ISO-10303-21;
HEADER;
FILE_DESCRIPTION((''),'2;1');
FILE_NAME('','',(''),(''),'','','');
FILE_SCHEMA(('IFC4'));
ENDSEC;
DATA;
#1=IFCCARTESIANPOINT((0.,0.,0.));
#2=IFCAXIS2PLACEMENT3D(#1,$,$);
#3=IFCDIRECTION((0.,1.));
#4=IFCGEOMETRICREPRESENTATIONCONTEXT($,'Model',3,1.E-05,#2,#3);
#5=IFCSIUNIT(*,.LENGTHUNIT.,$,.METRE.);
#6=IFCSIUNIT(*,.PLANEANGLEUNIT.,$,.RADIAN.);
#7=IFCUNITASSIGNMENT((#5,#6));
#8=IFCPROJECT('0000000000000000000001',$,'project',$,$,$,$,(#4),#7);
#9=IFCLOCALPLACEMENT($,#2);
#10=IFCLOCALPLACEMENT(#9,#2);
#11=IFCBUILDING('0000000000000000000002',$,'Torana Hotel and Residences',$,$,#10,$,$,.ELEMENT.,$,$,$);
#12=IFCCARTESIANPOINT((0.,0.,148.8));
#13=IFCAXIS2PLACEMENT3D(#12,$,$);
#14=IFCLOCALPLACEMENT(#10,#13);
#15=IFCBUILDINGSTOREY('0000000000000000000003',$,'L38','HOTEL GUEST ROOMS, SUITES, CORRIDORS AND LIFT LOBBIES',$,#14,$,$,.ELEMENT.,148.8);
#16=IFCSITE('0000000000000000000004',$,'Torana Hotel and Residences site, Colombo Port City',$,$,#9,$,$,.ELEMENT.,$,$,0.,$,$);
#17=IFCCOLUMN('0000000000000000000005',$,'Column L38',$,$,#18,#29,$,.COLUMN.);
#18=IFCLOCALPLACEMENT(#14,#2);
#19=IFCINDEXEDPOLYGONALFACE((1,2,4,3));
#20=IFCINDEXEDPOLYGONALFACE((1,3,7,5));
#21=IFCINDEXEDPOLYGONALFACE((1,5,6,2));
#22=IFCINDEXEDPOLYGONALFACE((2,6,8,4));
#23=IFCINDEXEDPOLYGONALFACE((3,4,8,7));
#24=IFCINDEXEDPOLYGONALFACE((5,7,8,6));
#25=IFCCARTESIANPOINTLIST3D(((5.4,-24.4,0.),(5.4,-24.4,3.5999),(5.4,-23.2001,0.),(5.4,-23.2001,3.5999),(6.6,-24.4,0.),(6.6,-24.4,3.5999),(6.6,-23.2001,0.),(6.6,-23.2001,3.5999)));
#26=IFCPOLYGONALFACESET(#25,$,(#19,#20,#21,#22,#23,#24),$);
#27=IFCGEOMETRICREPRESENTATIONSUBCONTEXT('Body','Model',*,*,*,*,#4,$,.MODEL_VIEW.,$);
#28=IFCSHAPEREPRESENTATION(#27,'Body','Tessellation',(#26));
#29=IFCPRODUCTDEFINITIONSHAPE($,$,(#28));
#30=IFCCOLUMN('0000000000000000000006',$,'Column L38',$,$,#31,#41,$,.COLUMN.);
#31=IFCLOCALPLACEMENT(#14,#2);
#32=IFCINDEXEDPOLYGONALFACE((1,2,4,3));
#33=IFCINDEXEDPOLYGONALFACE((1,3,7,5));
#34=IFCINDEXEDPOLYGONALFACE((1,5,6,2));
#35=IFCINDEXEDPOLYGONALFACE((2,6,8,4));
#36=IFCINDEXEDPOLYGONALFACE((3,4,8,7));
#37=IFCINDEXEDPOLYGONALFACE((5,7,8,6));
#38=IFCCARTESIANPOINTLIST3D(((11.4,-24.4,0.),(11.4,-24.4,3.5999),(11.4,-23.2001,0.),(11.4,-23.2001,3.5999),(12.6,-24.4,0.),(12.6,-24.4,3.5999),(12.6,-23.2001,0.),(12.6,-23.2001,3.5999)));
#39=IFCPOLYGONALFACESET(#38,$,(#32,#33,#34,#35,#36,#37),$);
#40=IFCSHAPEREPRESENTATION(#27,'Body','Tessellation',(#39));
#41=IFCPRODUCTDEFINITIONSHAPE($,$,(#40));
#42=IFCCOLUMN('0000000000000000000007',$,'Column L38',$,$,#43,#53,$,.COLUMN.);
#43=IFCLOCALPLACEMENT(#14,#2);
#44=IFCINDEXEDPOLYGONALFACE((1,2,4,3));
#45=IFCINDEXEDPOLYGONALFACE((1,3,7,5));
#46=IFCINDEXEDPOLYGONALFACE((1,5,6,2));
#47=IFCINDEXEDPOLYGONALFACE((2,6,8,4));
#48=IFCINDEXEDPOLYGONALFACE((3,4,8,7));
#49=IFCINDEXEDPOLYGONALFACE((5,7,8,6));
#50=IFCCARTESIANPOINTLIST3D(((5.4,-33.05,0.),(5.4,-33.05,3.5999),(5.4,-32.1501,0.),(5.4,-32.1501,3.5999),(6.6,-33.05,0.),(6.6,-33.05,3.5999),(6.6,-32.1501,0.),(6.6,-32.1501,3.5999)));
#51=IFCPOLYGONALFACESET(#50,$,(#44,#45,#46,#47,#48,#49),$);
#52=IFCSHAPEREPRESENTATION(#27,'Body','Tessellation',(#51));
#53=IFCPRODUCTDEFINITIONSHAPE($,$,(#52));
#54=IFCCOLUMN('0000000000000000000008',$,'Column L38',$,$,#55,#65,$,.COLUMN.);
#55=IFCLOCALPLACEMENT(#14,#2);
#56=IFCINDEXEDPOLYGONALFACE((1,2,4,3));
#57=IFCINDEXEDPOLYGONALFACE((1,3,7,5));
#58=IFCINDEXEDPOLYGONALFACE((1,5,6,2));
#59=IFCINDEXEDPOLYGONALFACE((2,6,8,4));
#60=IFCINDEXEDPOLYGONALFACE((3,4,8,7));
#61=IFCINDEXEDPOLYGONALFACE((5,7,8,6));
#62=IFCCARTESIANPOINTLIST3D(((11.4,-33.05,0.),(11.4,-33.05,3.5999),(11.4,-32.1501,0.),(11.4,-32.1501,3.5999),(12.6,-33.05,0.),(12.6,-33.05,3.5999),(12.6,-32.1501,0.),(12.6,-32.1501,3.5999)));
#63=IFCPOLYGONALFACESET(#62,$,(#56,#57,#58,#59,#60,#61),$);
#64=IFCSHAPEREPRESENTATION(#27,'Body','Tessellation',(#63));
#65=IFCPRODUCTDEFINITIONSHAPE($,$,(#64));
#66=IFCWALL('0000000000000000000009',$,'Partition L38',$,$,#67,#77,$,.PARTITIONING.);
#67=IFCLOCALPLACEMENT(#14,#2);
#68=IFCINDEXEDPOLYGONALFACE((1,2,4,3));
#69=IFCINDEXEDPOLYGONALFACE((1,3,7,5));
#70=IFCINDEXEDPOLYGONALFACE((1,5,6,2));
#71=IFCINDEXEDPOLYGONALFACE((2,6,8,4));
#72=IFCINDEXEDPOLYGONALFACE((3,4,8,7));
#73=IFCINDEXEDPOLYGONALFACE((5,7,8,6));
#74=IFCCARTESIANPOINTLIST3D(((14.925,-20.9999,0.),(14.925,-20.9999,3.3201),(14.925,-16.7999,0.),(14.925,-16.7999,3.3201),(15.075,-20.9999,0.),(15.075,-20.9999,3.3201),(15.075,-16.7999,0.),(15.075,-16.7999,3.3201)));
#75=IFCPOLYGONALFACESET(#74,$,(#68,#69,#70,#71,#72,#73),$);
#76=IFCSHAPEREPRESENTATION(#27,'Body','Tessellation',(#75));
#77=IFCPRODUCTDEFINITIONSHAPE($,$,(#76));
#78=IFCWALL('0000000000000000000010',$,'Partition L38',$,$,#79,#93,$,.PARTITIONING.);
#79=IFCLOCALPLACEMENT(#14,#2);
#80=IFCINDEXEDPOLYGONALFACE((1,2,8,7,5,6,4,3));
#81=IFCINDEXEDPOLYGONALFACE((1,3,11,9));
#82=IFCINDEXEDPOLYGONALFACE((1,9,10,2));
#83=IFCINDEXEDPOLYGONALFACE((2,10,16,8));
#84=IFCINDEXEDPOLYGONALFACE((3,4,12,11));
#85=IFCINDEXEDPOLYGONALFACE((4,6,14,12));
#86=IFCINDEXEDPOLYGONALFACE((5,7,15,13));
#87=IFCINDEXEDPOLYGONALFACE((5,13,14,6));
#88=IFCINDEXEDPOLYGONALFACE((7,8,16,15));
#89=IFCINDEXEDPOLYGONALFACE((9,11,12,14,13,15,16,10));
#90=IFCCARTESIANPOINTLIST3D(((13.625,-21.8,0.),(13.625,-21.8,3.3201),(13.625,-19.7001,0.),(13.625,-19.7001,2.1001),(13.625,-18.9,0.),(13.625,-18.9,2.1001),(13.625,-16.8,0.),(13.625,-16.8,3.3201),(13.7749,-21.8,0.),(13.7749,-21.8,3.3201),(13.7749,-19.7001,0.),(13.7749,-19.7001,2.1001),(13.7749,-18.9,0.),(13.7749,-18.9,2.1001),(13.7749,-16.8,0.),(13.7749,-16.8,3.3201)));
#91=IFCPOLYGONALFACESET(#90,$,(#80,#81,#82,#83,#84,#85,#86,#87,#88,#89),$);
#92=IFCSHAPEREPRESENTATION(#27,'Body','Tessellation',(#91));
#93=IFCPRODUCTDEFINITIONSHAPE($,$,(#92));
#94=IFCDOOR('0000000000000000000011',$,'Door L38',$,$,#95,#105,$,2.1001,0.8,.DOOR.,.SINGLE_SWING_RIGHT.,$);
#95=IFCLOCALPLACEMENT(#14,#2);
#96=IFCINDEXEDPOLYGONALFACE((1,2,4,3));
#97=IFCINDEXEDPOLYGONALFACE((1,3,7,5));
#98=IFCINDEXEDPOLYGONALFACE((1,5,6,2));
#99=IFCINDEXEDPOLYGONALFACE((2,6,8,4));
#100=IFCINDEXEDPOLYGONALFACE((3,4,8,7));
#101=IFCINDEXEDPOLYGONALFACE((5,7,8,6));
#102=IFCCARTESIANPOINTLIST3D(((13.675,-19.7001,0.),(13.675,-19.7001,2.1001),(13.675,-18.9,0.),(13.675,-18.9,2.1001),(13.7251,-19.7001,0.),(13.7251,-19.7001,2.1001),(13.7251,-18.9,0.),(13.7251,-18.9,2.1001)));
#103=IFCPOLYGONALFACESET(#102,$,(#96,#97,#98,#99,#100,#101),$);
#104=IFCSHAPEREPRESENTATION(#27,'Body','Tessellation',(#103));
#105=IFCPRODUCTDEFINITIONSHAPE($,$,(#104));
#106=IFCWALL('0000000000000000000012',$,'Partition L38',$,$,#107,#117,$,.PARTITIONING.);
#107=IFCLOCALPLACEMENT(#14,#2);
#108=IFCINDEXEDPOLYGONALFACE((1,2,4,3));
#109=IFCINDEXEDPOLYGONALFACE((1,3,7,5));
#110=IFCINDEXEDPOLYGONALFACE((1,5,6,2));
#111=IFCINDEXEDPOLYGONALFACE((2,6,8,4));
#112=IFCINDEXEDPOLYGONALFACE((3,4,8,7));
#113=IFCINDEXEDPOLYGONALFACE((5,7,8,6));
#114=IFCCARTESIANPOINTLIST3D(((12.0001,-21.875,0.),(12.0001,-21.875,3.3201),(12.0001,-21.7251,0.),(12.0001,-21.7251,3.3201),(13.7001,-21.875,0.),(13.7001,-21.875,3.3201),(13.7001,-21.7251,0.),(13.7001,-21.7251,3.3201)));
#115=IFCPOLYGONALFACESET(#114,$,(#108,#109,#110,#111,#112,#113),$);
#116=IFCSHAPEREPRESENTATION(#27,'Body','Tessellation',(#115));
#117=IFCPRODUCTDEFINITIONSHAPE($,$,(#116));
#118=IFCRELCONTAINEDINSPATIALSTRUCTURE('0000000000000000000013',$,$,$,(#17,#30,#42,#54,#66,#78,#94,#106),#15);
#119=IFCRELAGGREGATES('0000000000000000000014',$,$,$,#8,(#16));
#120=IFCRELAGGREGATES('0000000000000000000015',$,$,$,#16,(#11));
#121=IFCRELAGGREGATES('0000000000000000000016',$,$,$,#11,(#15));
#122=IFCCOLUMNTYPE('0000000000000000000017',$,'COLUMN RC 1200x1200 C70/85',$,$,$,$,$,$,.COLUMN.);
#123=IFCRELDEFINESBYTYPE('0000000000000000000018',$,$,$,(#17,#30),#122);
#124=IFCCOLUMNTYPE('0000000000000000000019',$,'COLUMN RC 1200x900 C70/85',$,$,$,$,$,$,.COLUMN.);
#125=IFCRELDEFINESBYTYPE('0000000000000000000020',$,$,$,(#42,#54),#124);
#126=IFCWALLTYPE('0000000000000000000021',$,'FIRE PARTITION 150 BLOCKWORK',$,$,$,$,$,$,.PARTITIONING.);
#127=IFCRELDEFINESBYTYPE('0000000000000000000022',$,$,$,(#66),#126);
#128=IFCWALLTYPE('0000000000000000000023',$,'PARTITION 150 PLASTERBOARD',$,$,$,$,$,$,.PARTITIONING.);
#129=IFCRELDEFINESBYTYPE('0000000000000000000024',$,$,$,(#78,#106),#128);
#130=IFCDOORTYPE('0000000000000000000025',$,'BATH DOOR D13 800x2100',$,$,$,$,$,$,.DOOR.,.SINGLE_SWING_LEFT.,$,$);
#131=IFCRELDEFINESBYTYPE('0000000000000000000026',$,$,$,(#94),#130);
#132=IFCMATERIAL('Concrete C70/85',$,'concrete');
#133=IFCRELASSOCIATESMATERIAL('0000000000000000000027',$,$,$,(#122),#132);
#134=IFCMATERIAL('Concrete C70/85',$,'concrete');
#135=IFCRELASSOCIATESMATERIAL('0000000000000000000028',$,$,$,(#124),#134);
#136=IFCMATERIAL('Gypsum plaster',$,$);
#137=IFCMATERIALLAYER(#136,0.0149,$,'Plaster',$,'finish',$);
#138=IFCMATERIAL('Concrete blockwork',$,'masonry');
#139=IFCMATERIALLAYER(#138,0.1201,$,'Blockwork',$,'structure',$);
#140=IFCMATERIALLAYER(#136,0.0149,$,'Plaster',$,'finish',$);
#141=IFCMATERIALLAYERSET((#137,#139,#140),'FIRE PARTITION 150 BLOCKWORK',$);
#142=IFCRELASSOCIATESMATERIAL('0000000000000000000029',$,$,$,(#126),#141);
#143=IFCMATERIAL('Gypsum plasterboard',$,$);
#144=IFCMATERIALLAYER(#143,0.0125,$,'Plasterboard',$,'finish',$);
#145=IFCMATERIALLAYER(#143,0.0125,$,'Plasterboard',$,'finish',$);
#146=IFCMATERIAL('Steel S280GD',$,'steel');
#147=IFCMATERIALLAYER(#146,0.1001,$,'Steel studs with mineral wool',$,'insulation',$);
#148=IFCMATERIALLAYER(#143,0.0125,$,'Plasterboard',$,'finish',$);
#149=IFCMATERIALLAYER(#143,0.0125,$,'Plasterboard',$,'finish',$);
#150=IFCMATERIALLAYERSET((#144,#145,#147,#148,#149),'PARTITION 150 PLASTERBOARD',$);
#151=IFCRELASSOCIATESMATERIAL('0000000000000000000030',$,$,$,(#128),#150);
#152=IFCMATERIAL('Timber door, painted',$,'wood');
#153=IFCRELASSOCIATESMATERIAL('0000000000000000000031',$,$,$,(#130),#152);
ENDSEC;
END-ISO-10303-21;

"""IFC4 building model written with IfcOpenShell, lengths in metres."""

from ifc_helpers import new_model, si_unit, direction, frame, frame_2d, origin, origin_2d, place, context, subcontext, project, spatial, rectangle, extrude, material, layer, layer_set, material_profile, profile_set, type_object, element, fill, save


model = new_model("IFC4")

# Units and contexts
model_context = context("Model", 3, precision=1e-05, world=origin(), true_north=direction((0.0, 1.0)))
body_context = subcontext(model_context, "Body", "Model", "MODEL_VIEW")
ifc_project = project(units=[si_unit("LENGTHUNIT", "METRE"), si_unit("PLANEANGLEUNIT", "RADIAN")], contexts=[model_context])

# Site, building, storey
site_placement = place(None, origin())
site = spatial("IfcSite", under=ifc_project, at=site_placement, Name="Torana Hotel and Residences site, Colombo Port City", CompositionType="ELEMENT", RefElevation=0.0)
building_placement = place(site_placement, origin())
building = spatial("IfcBuilding", under=site, at=building_placement, Name="Torana Hotel and Residences", CompositionType="ELEMENT")
storey_placement = place(building_placement, frame((0.0, 0.0, 148.8)))
storey = spatial("IfcBuildingStorey", under=building, at=storey_placement, Name="L38", Description="HOTEL GUEST ROOMS, SUITES, CORRIDORS AND LIFT LOBBIES", CompositionType="ELEMENT", Elevation=148.8)

# Columns
ifc_material_1 = material(Name="Concrete C70/85", Category="concrete")
ifc_material_profile_1 = material_profile(ifc_material_1, rectangle(XDim=1.2, YDim=1.2, at=origin_2d()), Name="RC 1200x1200")
ifc_profile_set_1 = profile_set([ifc_material_profile_1], Name="Concrete C70/85")
column_type_1 = type_object("IfcColumnType", Name="COLUMN RC 1200x1200 C70/85", PredefinedType="COLUMN", material=ifc_profile_set_1)
for number, where, z_axis, x_axis, name in (
    (1, (6.0, -23.8, 0.0), (0.0, 0.0, 1.0), (1.0, 0.0, 0.0), "Column L38"),
    (2, (12.0, -23.8, 0.0), (0.0, 0.0, 1.0), (1.0, 0.0, 0.0), "Column L38"),
):
    element("IfcColumn", number, at=place(storey_placement, frame(where, z_axis=z_axis, x_axis=x_axis)), inside=storey, type_object=column_type_1, Name=name, PredefinedType="COLUMN", context=body_context, shape_type="SweptSolid", body=[
        extrude(rectangle(XDim=1.2, YDim=1.2, at=origin_2d()), origin(), (0.0, 0.0, 1.0), 3.5999),
    ])
ifc_material_2 = material(Name="Concrete C70/85", Category="concrete")
ifc_material_profile_2 = material_profile(ifc_material_2, rectangle(XDim=1.2, YDim=0.8999, at=origin_2d()), Name="RC 1200x900")
ifc_profile_set_2 = profile_set([ifc_material_profile_2], Name="Concrete C70/85")
column_type_2 = type_object("IfcColumnType", Name="COLUMN RC 1200x900 C70/85", PredefinedType="COLUMN", material=ifc_profile_set_2)
for number, where, z_axis, x_axis, name in (
    (3, (6.0, -32.6001, 0.0), (0.0, 0.0, 1.0), (1.0, 0.0, 0.0), "Column L38"),
    (4, (12.0, -32.6001, 0.0), (0.0, 0.0, 1.0), (1.0, 0.0, 0.0), "Column L38"),
):
    element("IfcColumn", number, at=place(storey_placement, frame(where, z_axis=z_axis, x_axis=x_axis)), inside=storey, type_object=column_type_2, Name=name, PredefinedType="COLUMN", context=body_context, shape_type="SweptSolid", body=[
        extrude(rectangle(XDim=1.2, YDim=0.8999, at=origin_2d()), origin(), (0.0, 0.0, 1.0), 3.5999),
    ])

# Wall
ifc_material_3 = material(Name="Gypsum plaster")
ifc_layer_1 = layer(ifc_material_3, 0.0149, Name="Plaster", Category="finish")
ifc_material_4 = material(Name="Concrete blockwork", Category="masonry")
ifc_layer_2 = layer(ifc_material_4, 0.1201, Name="Blockwork", Category="structure")
ifc_layer_3 = layer(ifc_material_3, 0.0149, Name="Plaster", Category="finish")
ifc_layer_set_1 = layer_set([ifc_layer_1, ifc_layer_2, ifc_layer_3], Name="FIRE PARTITION 150 BLOCKWORK")
wall_type_1 = type_object("IfcWallType", Name="FIRE PARTITION 150 BLOCKWORK", PredefinedType="PARTITIONING", material=ifc_layer_set_1)
wall_1_placement = place(storey_placement, frame((15.0, -21.0, 0.0), z_axis=(0.0, 0.0, 1.0), x_axis=(0.0, 1.0, 0.0)))
element("IfcWall", 5, at=wall_1_placement, inside=storey, type_object=wall_type_1, Name="Partition L38", PredefinedType="PARTITIONING", context=body_context, shape_type="SweptSolid", body=[
    extrude(rectangle(XDim=4.2, YDim=0.1499, at=frame_2d((2.1001, 0.0))), origin(), (0.0, 0.0, 1.0), 3.3201),
])

# Wall, opening, door
ifc_material_5 = material(Name="Gypsum plasterboard")
ifc_layer_4 = layer(ifc_material_5, 0.0125, Name="Plasterboard", Category="finish")
ifc_layer_5 = layer(ifc_material_5, 0.0125, Name="Plasterboard", Category="finish")
ifc_material_6 = material(Name="Steel S280GD", Category="steel")
ifc_layer_6 = layer(ifc_material_6, 0.1001, Name="Steel studs with mineral wool", Category="insulation")
ifc_layer_7 = layer(ifc_material_5, 0.0125, Name="Plasterboard", Category="finish")
ifc_layer_8 = layer(ifc_material_5, 0.0125, Name="Plasterboard", Category="finish")
ifc_layer_set_2 = layer_set([ifc_layer_4, ifc_layer_5, ifc_layer_6, ifc_layer_7, ifc_layer_8], Name="PARTITION 150 PLASTERBOARD")
wall_type_2 = type_object("IfcWallType", Name="PARTITION 150 PLASTERBOARD", PredefinedType="PARTITIONING", material=ifc_layer_set_2)
wall_2_placement = place(storey_placement, frame((13.7, -21.8, 0.0), z_axis=(0.0, 0.0, 1.0), x_axis=(0.0, 1.0, 0.0)))
wall_2 = element("IfcWall", 6, at=wall_2_placement, inside=storey, type_object=wall_type_2, Name="Partition L38", PredefinedType="PARTITIONING", context=body_context, shape_type="SweptSolid", body=[
    extrude(rectangle(XDim=5.0, YDim=0.1499, at=frame_2d((2.5, 0.0))), origin(), (0.0, 0.0, 1.0), 3.3201),
])
opening_placement = place(wall_2_placement, frame((2.1001, 0.0, 0.0)))
opening = element("IfcOpeningElement", 7, at=opening_placement, cuts=wall_2, PredefinedType="OPENING", context=body_context, shape_type="SweptSolid", body=[
    extrude(rectangle(XDim=0.8, YDim=2.1001, at=frame_2d((0.3999, 1.05))), frame((0.0, 0.085, 0.0), z_axis=(0.0, -1.0, 0.0), x_axis=(1.0, 0.0, 0.0)), (0.0, 0.0, 1.0), 0.1699),
])
ifc_material_7 = material(Name="Timber door, painted", Category="wood")
door_type = type_object("IfcDoorType", Name="BATH DOOR D13 800x2100", OperationType="SINGLE_SWING_LEFT", PredefinedType="DOOR", material=ifc_material_7)
door_placement = place(opening_placement, origin())
door = element("IfcDoor", 8, at=door_placement, inside=storey, type_object=door_type, Name="Door L38", OperationType="SINGLE_SWING_RIGHT", OverallHeight=2.1001, OverallWidth=0.8, PredefinedType="DOOR", context=body_context, shape_type="SweptSolid", body=[
    extrude(rectangle(XDim=0.8, YDim=2.1001, at=frame_2d((0.3999, 1.05))), frame((0.0, 0.0249, 0.0), z_axis=(0.0, -1.0, 0.0), x_axis=(1.0, 0.0, 0.0)), (0.0, 0.0, 1.0), 0.05),
])
fill(opening, door)

# Wall
wall_3_placement = place(storey_placement, frame((12.0, -21.8, 0.0), z_axis=(0.0, 0.0, 1.0), x_axis=(1.0, 0.0, 0.0)))
element("IfcWall", 9, at=wall_3_placement, inside=storey, type_object=wall_type_2, Name="Partition L38", PredefinedType="PARTITIONING", context=body_context, shape_type="SweptSolid", body=[
    extrude(rectangle(XDim=1.7, YDim=0.1499, at=frame_2d((0.8501, 0.0))), origin(), (0.0, 0.0, 1.0), 3.3201),
])

save(model, "model.ifc")
